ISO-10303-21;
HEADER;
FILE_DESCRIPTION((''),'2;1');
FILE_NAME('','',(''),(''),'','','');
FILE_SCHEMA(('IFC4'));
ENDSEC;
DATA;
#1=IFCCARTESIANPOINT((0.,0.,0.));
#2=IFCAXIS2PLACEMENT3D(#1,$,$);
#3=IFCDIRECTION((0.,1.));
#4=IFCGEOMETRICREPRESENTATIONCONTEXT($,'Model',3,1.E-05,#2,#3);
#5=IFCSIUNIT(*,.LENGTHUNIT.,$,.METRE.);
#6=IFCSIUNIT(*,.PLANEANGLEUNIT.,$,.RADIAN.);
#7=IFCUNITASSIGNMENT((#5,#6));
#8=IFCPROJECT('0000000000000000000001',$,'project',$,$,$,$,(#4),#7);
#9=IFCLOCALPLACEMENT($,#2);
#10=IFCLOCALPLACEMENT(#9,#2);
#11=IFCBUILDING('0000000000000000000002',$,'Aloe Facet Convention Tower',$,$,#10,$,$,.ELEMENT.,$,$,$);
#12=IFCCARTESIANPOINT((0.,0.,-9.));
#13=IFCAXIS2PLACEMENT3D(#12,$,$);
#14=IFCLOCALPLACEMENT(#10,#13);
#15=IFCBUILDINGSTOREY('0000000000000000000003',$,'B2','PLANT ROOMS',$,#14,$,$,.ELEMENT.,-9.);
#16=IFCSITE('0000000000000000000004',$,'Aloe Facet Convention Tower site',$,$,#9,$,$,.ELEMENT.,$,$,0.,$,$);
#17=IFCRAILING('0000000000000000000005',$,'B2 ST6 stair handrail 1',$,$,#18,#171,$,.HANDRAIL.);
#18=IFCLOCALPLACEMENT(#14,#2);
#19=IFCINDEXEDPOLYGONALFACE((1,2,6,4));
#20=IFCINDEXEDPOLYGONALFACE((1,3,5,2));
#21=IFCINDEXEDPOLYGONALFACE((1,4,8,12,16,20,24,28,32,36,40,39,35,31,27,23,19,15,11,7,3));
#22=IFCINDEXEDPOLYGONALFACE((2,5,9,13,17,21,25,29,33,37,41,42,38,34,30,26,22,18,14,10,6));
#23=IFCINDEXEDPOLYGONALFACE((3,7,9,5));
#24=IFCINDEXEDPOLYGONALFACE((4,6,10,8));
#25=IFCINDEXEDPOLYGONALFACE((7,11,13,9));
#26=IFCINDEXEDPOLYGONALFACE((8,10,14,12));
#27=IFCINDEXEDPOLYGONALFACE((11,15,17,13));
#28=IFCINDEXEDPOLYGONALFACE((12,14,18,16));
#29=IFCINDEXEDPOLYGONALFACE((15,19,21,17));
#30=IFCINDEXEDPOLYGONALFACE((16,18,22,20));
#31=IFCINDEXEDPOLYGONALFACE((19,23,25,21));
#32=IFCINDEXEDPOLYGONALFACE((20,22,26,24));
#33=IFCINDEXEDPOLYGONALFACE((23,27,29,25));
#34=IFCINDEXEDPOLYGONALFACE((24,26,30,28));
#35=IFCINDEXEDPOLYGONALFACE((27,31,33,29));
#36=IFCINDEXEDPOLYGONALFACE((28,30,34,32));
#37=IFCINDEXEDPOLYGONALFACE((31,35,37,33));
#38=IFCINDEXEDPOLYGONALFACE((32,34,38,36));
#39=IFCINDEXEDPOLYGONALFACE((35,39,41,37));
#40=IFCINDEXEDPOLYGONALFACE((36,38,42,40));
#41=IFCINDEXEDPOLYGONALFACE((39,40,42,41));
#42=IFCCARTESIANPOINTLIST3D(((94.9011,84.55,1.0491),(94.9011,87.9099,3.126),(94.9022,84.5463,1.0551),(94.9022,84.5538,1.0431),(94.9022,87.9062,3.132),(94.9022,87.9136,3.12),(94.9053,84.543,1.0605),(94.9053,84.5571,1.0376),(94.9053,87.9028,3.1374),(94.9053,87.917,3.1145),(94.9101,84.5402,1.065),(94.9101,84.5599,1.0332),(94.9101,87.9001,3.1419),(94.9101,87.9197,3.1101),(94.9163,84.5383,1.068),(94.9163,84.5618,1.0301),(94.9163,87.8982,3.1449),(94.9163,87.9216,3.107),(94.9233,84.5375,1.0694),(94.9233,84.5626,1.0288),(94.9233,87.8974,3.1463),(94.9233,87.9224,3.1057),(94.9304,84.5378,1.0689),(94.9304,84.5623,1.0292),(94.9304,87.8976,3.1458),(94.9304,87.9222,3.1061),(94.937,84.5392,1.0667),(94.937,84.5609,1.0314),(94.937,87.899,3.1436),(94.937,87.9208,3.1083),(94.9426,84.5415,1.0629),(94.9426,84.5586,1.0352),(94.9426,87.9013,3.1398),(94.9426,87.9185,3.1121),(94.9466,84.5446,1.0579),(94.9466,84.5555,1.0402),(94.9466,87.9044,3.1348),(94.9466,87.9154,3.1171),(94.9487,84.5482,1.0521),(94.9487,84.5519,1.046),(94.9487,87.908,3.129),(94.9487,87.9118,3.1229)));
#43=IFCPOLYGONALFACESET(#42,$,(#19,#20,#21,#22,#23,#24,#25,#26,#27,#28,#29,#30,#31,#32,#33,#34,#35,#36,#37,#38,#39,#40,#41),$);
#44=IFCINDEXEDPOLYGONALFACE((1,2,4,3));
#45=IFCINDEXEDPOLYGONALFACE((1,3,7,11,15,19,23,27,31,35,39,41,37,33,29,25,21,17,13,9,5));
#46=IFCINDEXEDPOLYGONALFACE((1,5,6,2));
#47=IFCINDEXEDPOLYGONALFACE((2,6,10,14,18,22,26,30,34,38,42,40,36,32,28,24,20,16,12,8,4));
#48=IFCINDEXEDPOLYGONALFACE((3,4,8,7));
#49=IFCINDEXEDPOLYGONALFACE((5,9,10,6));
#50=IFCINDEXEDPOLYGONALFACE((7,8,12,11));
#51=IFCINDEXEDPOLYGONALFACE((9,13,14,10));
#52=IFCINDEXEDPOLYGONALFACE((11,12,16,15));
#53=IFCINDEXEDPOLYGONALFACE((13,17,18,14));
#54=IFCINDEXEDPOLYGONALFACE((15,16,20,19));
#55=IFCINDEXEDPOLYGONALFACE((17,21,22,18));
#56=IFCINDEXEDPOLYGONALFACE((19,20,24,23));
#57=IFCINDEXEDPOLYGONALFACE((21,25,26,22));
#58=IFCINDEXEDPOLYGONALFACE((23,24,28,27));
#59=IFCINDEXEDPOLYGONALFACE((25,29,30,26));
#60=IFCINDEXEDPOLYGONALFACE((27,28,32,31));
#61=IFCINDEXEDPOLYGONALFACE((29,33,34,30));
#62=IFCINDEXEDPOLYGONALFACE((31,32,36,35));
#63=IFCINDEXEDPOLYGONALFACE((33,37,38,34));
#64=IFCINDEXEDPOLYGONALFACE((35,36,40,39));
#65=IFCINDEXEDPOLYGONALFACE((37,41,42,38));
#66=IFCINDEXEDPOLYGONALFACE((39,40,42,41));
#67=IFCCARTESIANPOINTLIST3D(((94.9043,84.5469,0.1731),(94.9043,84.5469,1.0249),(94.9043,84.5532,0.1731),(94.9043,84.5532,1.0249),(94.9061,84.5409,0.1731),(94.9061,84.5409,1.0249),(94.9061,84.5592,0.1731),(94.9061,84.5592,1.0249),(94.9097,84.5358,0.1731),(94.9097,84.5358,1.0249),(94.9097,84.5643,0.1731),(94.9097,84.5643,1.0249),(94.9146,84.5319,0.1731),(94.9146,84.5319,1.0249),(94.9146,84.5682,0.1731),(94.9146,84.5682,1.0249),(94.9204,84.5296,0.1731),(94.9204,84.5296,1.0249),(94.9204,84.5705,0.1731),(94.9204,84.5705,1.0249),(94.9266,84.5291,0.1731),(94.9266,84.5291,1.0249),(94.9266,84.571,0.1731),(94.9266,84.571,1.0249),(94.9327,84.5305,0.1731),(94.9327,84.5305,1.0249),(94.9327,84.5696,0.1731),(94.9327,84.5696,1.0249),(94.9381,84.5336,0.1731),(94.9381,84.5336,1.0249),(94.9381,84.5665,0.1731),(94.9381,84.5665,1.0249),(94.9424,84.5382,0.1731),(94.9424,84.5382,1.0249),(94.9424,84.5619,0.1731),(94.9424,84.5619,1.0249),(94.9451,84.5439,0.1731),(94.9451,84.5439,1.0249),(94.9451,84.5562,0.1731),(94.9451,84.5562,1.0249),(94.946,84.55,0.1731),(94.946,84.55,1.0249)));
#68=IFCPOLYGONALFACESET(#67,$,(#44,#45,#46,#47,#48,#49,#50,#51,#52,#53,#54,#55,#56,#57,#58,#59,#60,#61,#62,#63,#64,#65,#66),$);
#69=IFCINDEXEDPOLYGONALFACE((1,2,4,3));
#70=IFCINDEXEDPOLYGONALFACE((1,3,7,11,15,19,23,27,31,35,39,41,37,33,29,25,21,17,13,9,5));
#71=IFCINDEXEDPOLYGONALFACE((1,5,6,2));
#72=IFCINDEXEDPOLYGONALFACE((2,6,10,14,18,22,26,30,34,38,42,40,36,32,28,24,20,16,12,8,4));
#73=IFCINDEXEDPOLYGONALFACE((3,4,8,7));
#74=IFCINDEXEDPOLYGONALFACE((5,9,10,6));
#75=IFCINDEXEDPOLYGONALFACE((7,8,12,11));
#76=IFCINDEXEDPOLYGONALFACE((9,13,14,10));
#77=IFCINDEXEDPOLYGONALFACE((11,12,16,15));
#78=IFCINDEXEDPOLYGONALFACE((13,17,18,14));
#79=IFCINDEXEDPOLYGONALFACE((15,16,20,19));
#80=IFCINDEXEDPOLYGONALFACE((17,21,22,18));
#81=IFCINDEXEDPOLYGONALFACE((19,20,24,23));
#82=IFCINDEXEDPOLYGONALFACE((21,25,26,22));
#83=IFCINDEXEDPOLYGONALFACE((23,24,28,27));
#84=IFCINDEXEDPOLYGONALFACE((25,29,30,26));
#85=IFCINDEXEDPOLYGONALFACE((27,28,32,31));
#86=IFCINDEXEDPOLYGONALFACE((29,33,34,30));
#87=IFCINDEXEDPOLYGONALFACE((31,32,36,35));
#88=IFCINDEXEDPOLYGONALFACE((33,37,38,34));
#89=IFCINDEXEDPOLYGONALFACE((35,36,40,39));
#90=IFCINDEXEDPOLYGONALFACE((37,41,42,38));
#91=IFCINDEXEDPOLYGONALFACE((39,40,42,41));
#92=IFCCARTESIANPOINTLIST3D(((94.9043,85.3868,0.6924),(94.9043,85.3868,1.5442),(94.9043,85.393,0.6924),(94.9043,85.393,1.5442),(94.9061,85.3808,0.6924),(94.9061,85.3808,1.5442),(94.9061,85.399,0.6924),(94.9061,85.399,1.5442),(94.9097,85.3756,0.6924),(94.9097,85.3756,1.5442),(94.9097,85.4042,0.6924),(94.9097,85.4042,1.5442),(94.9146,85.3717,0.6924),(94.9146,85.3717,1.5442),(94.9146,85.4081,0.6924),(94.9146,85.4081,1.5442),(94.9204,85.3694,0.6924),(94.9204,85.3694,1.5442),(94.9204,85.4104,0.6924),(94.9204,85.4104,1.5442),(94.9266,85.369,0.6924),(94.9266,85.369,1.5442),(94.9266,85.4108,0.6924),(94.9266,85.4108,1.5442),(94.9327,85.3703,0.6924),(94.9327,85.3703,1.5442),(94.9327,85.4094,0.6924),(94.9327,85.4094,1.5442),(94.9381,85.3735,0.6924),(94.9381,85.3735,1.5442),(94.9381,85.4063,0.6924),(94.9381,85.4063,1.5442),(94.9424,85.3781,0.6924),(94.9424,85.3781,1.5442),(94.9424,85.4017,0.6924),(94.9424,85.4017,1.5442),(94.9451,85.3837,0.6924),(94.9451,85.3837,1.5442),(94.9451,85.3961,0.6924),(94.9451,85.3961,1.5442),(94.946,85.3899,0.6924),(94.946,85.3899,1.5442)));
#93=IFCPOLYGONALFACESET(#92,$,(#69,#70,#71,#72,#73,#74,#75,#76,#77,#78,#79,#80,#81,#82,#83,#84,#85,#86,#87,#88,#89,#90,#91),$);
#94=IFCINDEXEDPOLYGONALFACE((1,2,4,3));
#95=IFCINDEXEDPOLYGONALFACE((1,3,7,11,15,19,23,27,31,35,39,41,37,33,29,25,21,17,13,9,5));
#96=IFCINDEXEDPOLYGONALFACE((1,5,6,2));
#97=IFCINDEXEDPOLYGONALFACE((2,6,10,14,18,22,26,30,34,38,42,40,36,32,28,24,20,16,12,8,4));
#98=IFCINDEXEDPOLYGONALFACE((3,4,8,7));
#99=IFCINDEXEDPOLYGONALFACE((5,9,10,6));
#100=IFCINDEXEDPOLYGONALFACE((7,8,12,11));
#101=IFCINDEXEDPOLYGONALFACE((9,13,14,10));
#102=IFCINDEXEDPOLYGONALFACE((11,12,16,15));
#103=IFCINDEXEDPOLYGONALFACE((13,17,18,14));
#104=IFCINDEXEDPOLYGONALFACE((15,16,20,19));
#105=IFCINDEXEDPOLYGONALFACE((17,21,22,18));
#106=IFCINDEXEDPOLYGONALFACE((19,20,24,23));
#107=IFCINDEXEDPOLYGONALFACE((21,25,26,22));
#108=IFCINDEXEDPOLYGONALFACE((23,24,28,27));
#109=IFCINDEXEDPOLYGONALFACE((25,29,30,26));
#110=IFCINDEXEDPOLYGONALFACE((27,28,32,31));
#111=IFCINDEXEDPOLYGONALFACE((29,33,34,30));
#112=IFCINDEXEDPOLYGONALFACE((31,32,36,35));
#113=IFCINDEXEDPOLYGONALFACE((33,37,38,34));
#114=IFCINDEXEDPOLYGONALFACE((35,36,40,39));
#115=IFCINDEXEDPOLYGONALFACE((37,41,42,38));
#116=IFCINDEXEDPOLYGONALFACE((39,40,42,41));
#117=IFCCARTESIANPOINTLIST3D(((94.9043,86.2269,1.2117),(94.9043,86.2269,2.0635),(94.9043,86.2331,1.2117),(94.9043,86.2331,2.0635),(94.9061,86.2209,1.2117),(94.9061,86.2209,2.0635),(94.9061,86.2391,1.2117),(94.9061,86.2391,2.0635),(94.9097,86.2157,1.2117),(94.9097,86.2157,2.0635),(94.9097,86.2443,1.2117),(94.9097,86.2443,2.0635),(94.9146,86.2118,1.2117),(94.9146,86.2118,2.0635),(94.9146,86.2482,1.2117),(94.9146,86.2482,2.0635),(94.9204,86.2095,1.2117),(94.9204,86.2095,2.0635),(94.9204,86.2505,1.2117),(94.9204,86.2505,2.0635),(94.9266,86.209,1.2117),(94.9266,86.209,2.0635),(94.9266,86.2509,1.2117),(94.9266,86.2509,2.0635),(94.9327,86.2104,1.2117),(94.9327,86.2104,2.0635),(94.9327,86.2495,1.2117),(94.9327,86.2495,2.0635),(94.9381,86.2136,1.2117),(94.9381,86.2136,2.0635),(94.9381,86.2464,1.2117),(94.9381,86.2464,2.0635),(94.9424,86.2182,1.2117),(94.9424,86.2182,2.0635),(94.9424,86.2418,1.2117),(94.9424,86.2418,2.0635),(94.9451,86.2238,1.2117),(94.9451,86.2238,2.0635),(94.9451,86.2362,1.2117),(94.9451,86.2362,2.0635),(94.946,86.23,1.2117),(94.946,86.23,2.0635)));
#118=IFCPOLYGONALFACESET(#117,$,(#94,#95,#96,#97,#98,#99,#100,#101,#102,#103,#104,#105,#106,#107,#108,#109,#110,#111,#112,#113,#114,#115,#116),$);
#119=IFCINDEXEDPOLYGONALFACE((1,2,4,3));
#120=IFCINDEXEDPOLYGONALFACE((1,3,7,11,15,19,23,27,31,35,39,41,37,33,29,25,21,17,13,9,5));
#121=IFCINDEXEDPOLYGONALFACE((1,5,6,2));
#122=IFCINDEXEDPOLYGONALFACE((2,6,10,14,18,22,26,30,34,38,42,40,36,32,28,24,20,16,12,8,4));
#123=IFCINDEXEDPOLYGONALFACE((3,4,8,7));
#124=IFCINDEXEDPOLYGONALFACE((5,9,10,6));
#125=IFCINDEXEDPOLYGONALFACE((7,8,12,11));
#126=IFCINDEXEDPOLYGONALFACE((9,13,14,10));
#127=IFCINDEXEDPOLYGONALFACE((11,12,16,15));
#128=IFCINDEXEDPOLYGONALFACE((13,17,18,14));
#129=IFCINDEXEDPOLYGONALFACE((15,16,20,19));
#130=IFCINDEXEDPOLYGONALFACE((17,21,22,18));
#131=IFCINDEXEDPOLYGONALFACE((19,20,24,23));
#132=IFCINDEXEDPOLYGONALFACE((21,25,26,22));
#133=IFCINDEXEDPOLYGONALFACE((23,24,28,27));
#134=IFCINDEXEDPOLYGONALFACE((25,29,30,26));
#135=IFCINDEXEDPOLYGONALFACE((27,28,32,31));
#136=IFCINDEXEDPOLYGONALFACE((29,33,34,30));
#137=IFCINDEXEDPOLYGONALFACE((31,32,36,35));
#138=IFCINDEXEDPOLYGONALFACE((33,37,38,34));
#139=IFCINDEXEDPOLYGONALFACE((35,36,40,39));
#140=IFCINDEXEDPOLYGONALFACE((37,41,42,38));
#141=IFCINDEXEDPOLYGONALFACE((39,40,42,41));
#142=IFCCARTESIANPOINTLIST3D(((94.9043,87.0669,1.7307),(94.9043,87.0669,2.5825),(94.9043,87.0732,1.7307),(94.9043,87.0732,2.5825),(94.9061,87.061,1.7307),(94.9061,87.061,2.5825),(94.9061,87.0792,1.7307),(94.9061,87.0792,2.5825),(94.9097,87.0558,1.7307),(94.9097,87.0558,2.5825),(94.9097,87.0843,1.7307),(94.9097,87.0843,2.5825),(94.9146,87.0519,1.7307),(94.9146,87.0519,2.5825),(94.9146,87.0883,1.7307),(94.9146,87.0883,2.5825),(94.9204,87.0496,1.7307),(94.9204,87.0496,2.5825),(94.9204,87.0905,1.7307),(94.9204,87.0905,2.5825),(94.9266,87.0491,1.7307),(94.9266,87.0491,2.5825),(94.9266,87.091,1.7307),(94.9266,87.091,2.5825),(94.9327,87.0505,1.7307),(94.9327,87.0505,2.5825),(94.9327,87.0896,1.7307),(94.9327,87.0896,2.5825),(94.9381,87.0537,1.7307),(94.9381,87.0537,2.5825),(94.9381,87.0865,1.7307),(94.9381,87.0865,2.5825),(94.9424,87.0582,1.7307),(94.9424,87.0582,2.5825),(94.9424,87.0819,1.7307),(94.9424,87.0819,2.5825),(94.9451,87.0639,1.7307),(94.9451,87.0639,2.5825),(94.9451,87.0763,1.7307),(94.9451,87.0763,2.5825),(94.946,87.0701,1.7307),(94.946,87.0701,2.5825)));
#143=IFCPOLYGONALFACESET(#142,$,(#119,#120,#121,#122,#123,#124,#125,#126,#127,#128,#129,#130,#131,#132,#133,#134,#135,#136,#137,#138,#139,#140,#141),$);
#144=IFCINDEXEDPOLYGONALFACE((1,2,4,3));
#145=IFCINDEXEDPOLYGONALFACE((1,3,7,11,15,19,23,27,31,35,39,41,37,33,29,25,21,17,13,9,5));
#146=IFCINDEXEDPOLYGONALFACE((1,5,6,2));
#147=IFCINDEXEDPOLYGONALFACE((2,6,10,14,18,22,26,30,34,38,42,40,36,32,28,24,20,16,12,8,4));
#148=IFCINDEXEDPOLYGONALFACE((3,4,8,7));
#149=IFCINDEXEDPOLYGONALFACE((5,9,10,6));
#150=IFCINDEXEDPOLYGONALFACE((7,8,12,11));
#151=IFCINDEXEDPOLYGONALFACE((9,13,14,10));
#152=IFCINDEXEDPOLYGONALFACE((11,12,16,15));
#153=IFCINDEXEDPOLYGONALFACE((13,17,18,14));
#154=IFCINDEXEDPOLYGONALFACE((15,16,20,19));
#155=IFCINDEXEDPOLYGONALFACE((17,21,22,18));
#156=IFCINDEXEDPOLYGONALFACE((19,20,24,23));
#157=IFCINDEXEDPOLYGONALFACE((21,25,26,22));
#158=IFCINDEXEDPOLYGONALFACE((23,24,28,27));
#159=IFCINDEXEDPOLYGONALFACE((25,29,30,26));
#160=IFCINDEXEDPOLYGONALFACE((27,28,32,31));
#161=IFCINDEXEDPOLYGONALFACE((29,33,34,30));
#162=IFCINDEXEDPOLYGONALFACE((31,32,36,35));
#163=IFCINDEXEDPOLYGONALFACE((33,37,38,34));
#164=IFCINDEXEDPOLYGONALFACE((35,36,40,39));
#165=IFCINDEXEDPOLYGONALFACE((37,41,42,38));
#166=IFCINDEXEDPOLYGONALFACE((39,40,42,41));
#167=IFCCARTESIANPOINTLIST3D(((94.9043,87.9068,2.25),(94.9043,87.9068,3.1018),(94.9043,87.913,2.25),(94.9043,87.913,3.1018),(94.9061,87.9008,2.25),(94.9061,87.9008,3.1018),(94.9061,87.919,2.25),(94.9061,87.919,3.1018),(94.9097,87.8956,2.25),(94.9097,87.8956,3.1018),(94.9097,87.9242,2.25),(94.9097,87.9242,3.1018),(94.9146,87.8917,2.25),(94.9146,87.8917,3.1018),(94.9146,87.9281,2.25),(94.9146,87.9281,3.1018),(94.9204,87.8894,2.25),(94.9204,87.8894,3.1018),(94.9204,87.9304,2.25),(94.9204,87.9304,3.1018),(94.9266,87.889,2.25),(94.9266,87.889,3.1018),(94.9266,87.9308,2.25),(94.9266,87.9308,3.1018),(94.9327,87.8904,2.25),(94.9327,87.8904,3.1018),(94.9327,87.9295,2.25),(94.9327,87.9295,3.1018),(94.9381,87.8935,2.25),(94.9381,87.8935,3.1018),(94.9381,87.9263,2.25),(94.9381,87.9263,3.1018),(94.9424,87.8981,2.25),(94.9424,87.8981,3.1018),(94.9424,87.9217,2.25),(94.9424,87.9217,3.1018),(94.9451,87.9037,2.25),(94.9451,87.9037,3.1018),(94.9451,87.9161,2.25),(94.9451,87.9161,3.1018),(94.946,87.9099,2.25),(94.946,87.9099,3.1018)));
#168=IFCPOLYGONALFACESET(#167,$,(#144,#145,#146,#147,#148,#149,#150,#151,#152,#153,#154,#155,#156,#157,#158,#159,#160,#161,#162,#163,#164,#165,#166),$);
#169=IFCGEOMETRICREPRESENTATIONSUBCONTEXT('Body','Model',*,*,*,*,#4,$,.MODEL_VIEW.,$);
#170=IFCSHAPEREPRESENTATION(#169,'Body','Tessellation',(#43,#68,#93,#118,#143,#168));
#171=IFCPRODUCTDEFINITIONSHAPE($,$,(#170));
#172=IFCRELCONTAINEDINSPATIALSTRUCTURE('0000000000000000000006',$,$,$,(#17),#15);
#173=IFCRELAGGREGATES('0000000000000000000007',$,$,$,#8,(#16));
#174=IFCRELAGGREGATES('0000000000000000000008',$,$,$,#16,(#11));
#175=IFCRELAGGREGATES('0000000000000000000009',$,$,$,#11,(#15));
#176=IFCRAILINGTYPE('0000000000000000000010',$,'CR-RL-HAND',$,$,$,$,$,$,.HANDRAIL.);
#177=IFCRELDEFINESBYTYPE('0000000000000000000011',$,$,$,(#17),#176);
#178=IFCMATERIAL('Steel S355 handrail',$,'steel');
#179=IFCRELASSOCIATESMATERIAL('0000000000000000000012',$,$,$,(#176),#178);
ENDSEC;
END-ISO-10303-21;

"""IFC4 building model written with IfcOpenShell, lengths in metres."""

from ifc_helpers import new_model, si_unit, direction, frame, origin, origin_2d, place, context, subcontext, project, spatial, circle, extrude, material, type_object, element, save


model = new_model("IFC4")

# Units and contexts
model_context = context("Model", 3, precision=1e-05, world=origin(), true_north=direction((0.0, 1.0)))
body_context = subcontext(model_context, "Body", "Model", "MODEL_VIEW")
ifc_project = project(units=[si_unit("LENGTHUNIT", "METRE"), si_unit("PLANEANGLEUNIT", "RADIAN")], contexts=[model_context])

# Site, building, storey
site_placement = place(None, origin())
site = spatial("IfcSite", under=ifc_project, at=site_placement, Name="Aloe Facet Convention Tower site", CompositionType="ELEMENT", RefElevation=0.0)
building_placement = place(site_placement, origin())
building = spatial("IfcBuilding", under=site, at=building_placement, Name="Aloe Facet Convention Tower", CompositionType="ELEMENT")
storey_placement = place(building_placement, frame((0.0, 0.0, -9.0)))
storey = spatial("IfcBuildingStorey", under=building, at=storey_placement, Name="B2", Description="PLANT ROOMS", CompositionType="ELEMENT", Elevation=-9.0)

# Railing
ifc_material_1 = material(Name="Steel S355 handrail", Category="steel")
railing_type_1 = type_object("IfcRailingType", Name="CR-RL-HAND", PredefinedType="HANDRAIL", material=ifc_material_1)
railing_1_placement = place(storey_placement, frame((94.925, 84.55, 0.1731)))
element("IfcRailing", 1, at=railing_1_placement, inside=storey, type_object=railing_type_1, Name="B2 ST6 stair handrail 1", PredefinedType="HANDRAIL", context=body_context, shape_type="SweptSolid", body=[
    extrude(circle(Radius=0.0239, at=origin_2d()), frame((0.0, 0.0, 0.876), z_axis=(0.0, 0.850606, 0.525803), x_axis=(-1.0, 0.0, 0.0)), (0.0, 0.0, 1.0), 3.95),
    extrude(circle(Radius=0.021, at=origin_2d()), origin(), (0.0, 0.0, 1.0), 0.8518),
    extrude(circle(Radius=0.021, at=origin_2d()), frame((0.0, 0.8398, 0.5193)), (0.0, 0.0, 1.0), 0.8518),
    extrude(circle(Radius=0.021, at=origin_2d()), frame((0.0, 1.6799, 1.0386)), (0.0, 0.0, 1.0), 0.8518),
    extrude(circle(Radius=0.021, at=origin_2d()), frame((0.0, 2.52, 1.5576)), (0.0, 0.0, 1.0), 0.8518),
    extrude(circle(Radius=0.021, at=origin_2d()), frame((0.0, 3.3599, 2.0769)), (0.0, 0.0, 1.0), 0.8518),
])

save(model, "model.ifc")
